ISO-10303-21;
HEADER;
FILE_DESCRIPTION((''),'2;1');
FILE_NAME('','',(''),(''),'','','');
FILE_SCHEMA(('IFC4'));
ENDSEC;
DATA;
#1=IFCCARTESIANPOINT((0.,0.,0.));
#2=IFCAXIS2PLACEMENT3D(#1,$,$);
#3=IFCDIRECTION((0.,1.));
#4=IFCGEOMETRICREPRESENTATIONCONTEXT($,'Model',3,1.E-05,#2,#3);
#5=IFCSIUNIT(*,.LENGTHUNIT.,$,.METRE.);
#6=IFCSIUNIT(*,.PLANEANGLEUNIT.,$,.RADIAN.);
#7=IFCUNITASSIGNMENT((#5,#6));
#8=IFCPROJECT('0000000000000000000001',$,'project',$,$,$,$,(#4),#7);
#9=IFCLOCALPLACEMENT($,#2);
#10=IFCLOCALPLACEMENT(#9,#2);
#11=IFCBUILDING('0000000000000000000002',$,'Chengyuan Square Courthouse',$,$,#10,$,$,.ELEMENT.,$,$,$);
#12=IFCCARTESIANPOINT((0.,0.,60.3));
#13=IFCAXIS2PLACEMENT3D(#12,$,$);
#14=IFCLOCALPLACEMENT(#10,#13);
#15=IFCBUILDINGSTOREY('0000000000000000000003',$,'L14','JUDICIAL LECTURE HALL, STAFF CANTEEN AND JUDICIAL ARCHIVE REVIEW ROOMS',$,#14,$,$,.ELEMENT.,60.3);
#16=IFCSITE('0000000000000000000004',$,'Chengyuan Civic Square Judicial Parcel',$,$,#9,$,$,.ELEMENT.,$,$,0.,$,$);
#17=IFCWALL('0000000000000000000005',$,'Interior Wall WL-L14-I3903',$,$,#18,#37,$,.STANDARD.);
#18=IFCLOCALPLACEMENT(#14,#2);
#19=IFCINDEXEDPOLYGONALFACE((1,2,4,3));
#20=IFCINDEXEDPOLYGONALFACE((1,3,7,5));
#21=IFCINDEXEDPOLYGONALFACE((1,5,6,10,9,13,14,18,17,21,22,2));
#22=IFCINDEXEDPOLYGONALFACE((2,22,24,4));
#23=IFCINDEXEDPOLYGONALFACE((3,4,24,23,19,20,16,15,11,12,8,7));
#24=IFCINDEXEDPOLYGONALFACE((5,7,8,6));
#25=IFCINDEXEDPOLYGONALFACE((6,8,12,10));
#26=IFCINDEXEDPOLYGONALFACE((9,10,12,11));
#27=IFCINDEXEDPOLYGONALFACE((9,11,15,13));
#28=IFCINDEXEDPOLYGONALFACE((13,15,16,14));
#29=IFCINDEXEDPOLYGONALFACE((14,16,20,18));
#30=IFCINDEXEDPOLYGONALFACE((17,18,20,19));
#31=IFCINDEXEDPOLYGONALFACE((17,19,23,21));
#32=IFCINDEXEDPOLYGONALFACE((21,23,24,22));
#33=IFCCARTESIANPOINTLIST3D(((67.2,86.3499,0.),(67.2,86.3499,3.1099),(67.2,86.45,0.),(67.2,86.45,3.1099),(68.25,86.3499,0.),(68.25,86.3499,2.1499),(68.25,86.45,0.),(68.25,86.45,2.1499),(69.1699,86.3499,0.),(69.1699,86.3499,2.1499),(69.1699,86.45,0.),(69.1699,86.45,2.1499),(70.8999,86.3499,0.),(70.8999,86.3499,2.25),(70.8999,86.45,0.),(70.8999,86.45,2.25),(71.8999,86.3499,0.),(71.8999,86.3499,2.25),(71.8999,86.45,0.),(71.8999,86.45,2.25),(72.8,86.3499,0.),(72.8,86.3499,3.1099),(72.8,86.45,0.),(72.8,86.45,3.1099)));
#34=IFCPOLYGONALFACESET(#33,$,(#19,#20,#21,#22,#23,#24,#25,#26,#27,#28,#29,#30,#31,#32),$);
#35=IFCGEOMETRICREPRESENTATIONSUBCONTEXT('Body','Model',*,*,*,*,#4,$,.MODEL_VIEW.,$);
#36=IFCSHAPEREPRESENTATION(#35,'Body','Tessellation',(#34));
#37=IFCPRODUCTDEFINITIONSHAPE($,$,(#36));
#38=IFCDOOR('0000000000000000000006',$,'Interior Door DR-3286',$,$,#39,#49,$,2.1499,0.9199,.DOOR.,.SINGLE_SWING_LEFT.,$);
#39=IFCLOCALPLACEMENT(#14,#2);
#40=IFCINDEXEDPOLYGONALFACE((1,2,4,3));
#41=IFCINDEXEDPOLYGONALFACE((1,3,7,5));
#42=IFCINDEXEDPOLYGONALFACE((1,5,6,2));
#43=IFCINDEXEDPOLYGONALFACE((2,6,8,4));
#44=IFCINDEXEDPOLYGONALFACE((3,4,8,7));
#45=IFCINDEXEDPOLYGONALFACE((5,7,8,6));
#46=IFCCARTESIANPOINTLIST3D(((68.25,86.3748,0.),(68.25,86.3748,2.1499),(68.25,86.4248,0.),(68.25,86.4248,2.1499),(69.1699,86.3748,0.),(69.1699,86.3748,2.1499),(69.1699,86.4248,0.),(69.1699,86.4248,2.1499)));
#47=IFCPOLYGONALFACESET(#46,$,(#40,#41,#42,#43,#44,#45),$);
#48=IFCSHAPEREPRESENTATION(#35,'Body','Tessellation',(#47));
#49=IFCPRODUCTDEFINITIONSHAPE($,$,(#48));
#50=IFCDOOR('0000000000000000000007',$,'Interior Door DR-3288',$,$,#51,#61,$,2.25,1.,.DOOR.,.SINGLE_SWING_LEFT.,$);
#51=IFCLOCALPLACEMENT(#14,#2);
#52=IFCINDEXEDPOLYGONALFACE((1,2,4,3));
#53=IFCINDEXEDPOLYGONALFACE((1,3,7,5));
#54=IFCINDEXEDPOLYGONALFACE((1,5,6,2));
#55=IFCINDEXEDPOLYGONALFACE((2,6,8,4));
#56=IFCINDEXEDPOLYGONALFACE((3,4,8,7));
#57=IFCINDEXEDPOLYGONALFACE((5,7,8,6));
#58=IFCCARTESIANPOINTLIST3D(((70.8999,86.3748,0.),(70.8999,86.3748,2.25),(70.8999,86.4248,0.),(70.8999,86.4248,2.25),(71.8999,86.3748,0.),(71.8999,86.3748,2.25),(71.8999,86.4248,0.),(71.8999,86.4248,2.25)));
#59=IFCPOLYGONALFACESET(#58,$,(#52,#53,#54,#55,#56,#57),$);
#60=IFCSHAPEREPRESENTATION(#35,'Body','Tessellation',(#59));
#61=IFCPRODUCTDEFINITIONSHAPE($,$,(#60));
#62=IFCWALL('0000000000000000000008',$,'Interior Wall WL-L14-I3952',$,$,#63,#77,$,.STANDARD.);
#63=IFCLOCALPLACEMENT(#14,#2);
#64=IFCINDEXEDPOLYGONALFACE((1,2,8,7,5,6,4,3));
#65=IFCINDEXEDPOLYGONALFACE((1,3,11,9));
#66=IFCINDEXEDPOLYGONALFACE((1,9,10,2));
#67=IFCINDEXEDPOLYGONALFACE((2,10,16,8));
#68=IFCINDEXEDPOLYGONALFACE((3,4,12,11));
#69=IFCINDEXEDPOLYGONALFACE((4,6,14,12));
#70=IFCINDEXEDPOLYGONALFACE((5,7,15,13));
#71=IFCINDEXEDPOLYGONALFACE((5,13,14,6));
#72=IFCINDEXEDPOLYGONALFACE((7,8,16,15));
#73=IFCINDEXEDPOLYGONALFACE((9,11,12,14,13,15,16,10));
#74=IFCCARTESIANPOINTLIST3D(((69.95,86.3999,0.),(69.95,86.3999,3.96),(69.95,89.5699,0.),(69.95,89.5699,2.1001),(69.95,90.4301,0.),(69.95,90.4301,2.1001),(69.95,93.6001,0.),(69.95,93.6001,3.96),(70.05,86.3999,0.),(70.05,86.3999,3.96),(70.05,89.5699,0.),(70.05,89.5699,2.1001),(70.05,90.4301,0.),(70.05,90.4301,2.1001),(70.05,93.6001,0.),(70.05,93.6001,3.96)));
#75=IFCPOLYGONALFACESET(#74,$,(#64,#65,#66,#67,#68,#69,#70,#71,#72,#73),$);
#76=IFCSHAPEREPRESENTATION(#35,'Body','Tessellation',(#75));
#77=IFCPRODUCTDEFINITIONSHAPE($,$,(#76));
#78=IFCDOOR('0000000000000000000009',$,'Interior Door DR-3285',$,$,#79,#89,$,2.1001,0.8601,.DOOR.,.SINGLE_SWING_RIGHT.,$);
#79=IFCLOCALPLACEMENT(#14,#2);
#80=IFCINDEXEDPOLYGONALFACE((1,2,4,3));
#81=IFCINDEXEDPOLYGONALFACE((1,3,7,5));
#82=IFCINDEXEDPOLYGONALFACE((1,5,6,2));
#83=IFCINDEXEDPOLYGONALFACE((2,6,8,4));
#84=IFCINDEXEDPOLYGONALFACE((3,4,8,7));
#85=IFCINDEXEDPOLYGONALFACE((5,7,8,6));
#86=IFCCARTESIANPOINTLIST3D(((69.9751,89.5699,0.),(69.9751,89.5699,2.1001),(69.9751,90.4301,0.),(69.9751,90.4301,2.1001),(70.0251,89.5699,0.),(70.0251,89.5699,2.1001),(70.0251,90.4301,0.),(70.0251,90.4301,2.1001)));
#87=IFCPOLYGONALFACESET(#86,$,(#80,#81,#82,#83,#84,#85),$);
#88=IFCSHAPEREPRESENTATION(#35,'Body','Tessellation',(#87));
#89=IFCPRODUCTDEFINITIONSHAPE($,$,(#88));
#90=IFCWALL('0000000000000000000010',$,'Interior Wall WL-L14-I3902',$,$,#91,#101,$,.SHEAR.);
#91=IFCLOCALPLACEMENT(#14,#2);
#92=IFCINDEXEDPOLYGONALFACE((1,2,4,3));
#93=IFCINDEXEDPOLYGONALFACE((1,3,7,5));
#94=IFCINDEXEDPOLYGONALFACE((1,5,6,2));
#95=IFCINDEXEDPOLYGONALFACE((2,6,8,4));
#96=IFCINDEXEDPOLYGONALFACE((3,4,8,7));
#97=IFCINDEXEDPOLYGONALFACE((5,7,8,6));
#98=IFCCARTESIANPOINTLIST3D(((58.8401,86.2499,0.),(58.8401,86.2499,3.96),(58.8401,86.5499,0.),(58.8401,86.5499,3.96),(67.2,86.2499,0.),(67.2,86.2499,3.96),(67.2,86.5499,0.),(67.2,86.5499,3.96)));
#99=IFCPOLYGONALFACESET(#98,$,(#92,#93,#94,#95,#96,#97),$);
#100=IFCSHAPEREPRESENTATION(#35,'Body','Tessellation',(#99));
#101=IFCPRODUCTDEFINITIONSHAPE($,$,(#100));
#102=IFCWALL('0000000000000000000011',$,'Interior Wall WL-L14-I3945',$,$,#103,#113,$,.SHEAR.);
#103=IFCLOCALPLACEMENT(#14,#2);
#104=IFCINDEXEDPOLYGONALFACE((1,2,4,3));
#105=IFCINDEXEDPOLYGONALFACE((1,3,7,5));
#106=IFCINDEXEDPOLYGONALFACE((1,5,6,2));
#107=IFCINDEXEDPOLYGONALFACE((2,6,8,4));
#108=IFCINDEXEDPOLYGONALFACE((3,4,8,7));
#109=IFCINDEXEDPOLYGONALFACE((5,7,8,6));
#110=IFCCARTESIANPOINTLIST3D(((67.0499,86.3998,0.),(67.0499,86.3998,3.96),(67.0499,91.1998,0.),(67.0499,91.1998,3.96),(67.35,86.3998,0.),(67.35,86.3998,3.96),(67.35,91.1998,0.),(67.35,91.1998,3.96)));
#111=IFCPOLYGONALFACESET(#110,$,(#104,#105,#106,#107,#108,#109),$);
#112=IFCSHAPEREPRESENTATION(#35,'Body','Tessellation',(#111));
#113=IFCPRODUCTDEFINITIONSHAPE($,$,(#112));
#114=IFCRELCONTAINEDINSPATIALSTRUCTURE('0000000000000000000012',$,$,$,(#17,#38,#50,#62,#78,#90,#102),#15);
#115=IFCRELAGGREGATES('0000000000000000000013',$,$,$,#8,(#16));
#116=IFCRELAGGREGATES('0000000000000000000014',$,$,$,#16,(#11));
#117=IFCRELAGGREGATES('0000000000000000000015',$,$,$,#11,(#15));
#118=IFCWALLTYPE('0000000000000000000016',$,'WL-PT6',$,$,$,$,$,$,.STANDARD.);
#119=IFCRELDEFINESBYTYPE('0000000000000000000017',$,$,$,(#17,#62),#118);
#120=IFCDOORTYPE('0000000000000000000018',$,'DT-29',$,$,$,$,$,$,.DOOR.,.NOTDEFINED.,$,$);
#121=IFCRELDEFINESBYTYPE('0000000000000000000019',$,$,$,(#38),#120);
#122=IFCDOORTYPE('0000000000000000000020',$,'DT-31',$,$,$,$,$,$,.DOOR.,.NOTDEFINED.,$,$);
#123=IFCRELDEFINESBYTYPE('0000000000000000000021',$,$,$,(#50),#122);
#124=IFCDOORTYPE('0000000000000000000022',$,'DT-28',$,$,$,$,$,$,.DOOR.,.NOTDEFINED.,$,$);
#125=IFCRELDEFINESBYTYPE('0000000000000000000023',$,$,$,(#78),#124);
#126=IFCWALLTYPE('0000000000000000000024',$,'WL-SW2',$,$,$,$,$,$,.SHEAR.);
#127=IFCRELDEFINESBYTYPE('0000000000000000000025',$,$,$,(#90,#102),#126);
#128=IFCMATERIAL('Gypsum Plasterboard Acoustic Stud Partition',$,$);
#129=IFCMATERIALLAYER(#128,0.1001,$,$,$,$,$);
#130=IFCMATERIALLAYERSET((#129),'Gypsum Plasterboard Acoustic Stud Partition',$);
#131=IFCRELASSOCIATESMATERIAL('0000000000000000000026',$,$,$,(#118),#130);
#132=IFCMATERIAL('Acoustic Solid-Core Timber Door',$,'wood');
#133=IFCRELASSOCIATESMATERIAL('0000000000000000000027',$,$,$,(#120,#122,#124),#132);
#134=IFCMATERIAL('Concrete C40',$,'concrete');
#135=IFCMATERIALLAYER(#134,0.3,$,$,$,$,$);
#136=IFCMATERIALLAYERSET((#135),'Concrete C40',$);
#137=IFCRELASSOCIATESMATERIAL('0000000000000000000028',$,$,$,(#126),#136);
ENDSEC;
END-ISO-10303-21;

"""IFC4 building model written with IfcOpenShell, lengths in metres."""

from ifc_helpers import new_model, si_unit, direction, frame, frame_2d, origin, place, context, subcontext, project, spatial, rectangle, extrude, material, layer, layer_set, type_object, element, fill, save


model = new_model("IFC4")

# Units and contexts
model_context = context("Model", 3, precision=1e-05, world=origin(), true_north=direction((0.0, 1.0)))
body_context = subcontext(model_context, "Body", "Model", "MODEL_VIEW")
ifc_project = project(units=[si_unit("LENGTHUNIT", "METRE"), si_unit("PLANEANGLEUNIT", "RADIAN")], contexts=[model_context])

# Site, building, storey
site_placement = place(None, origin())
site = spatial("IfcSite", under=ifc_project, at=site_placement, Name="Chengyuan Civic Square Judicial Parcel", CompositionType="ELEMENT", RefElevation=0.0)
building_placement = place(site_placement, origin())
building = spatial("IfcBuilding", under=site, at=building_placement, Name="Chengyuan Square Courthouse", CompositionType="ELEMENT")
storey_placement = place(building_placement, frame((0.0, 0.0, 60.3)))
storey = spatial("IfcBuildingStorey", under=building, at=storey_placement, Name="L14", Description="JUDICIAL LECTURE HALL, STAFF CANTEEN AND JUDICIAL ARCHIVE REVIEW ROOMS", CompositionType="ELEMENT", Elevation=60.3)

# Shared definitions
ifc_material_1 = material(Name="Concrete C40", Category="concrete")

# Shared definitions
ifc_material_2 = material(Name="Gypsum Plasterboard Acoustic Stud Partition")
ifc_layer_1 = layer(ifc_material_2, 0.1001)
ifc_layer_set_1 = layer_set([ifc_layer_1], Name="Gypsum Plasterboard Acoustic Stud Partition")
wall_type_1 = type_object("IfcWallType", Name="WL-PT6", PredefinedType="STANDARD", material=ifc_layer_set_1)

# Wall, openings, doors
wall_1_placement = place(storey_placement, frame((67.2, 86.3999, 0.0), z_axis=(0.0, 0.0, 1.0), x_axis=(1.0, 0.0, 0.0)))
wall_1 = element("IfcWall", 1, at=wall_1_placement, inside=storey, type_object=wall_type_1, Name="Interior Wall WL-L14-I3903", PredefinedType="STANDARD", context=body_context, shape_type="SweptSolid", body=[
    extrude(rectangle(XDim=5.6001, YDim=0.1001, at=frame_2d((2.8, 0.0))), origin(), (0.0, 0.0, 1.0), 3.1099),
])
opening_1_placement = place(wall_1_placement, frame((1.05, 0.0, 0.0)))
opening_1 = element("IfcOpeningElement", 2, at=opening_1_placement, cuts=wall_1, PredefinedType="OPENING", context=body_context, shape_type="SweptSolid", body=[
    extrude(rectangle(XDim=0.9199, YDim=2.1499, at=frame_2d((0.46, 1.075))), frame((0.0, 0.062, 0.0), z_axis=(0.0, -1.0, 0.0), x_axis=(1.0, 0.0, 0.0)), (0.0, 0.0, 1.0), 0.124),
])
opening_2_placement = place(wall_1_placement, frame((3.7, 0.0, 0.0)))
opening_2 = element("IfcOpeningElement", 3, at=opening_2_placement, cuts=wall_1, PredefinedType="OPENING", context=body_context, shape_type="SweptSolid", body=[
    extrude(rectangle(XDim=1.0, YDim=2.25, at=frame_2d((0.5, 1.125))), frame((0.0, 0.062, 0.0), z_axis=(0.0, -1.0, 0.0), x_axis=(1.0, 0.0, 0.0)), (0.0, 0.0, 1.0), 0.124),
])
ifc_material_3 = material(Name="Acoustic Solid-Core Timber Door", Category="wood")
door_type_1 = type_object("IfcDoorType", Name="DT-29", OperationType="NOTDEFINED", PredefinedType="DOOR", material=ifc_material_3)
door_1_placement = place(opening_1_placement, origin())
door_1 = element("IfcDoor", 4, at=door_1_placement, inside=storey, type_object=door_type_1, Name="Interior Door DR-3286", OperationType="SINGLE_SWING_LEFT", OverallHeight=2.1499, OverallWidth=0.9199, PredefinedType="DOOR", context=body_context, shape_type="SweptSolid", body=[
    extrude(rectangle(XDim=0.9199, YDim=2.1499, at=frame_2d((0.46, 1.075))), frame((0.0, 0.0249, 0.0), z_axis=(0.0, -1.0, 0.0), x_axis=(1.0, 0.0, 0.0)), (0.0, 0.0, 1.0), 0.05),
])
fill(opening_1, door_1)
door_type_2 = type_object("IfcDoorType", Name="DT-31", OperationType="NOTDEFINED", PredefinedType="DOOR", material=ifc_material_3)
door_2_placement = place(opening_2_placement, origin())
door_2 = element("IfcDoor", 5, at=door_2_placement, inside=storey, type_object=door_type_2, Name="Interior Door DR-3288", OperationType="SINGLE_SWING_LEFT", OverallHeight=2.25, OverallWidth=1.0, PredefinedType="DOOR", context=body_context, shape_type="SweptSolid", body=[
    extrude(rectangle(XDim=1.0, YDim=2.25, at=frame_2d((0.5, 1.125))), frame((0.0, 0.0249, 0.0), z_axis=(0.0, -1.0, 0.0), x_axis=(1.0, 0.0, 0.0)), (0.0, 0.0, 1.0), 0.05),
])
fill(opening_2, door_2)

# Wall, opening, door
wall_2_placement = place(storey_placement, frame((70.0, 86.3999, 0.0), z_axis=(0.0, 0.0, 1.0), x_axis=(0.0, 1.0, 0.0)))
wall_2 = element("IfcWall", 6, at=wall_2_placement, inside=storey, type_object=wall_type_1, Name="Interior Wall WL-L14-I3952", PredefinedType="STANDARD", context=body_context, shape_type="SweptSolid", body=[
    extrude(rectangle(XDim=7.2002, YDim=0.1001, at=frame_2d((3.6001, 0.0))), origin(), (0.0, 0.0, 1.0), 3.96),
])
opening_3_placement = place(wall_2_placement, frame((3.1699, 0.0, 0.0)))
opening_3 = element("IfcOpeningElement", 7, at=opening_3_placement, cuts=wall_2, PredefinedType="OPENING", context=body_context, shape_type="SweptSolid", body=[
    extrude(rectangle(XDim=0.8601, YDim=2.1001, at=frame_2d((0.4302, 1.05))), frame((0.0, 0.062, 0.0), z_axis=(0.0, -1.0, 0.0), x_axis=(1.0, 0.0, 0.0)), (0.0, 0.0, 1.0), 0.124),
])
door_type_3 = type_object("IfcDoorType", Name="DT-28", OperationType="NOTDEFINED", PredefinedType="DOOR", material=ifc_material_3)
door_3_placement = place(opening_3_placement, origin())
door_3 = element("IfcDoor", 8, at=door_3_placement, inside=storey, type_object=door_type_3, Name="Interior Door DR-3285", OperationType="SINGLE_SWING_RIGHT", OverallHeight=2.1001, OverallWidth=0.8601, PredefinedType="DOOR", context=body_context, shape_type="SweptSolid", body=[
    extrude(rectangle(XDim=0.8601, YDim=2.1001, at=frame_2d((0.4302, 1.05))), frame((0.0, 0.0249, 0.0), z_axis=(0.0, -1.0, 0.0), x_axis=(1.0, 0.0, 0.0)), (0.0, 0.0, 1.0), 0.05),
])
fill(opening_3, door_3)

# Walls
ifc_layer_2 = layer(ifc_material_1, 0.3)
ifc_layer_set_2 = layer_set([ifc_layer_2], Name="Concrete C40")
wall_type_2 = type_object("IfcWallType", Name="WL-SW2", PredefinedType="SHEAR", material=ifc_layer_set_2)
wall_3_placement = place(storey_placement, frame((58.8401, 86.3999, 0.0), z_axis=(0.0, 0.0, 1.0), x_axis=(1.0, 0.0, 0.0)))
element("IfcWall", 9, at=wall_3_placement, inside=storey, type_object=wall_type_2, Name="Interior Wall WL-L14-I3902", PredefinedType="SHEAR", context=body_context, shape_type="SweptSolid", body=[
    extrude(rectangle(XDim=8.3599, YDim=0.3, at=frame_2d((4.1799, 0.0))), origin(), (0.0, 0.0, 1.0), 3.96),
])
wall_4_placement = place(storey_placement, frame((67.2, 86.3999, 0.0), z_axis=(0.0, 0.0, 1.0), x_axis=(0.0, 1.0, 0.0)))
element("IfcWall", 10, at=wall_4_placement, inside=storey, type_object=wall_type_2, Name="Interior Wall WL-L14-I3945", PredefinedType="SHEAR", context=body_context, shape_type="SweptSolid", body=[
    extrude(rectangle(XDim=4.8, YDim=0.3, at=frame_2d((2.3999, 0.0))), origin(), (0.0, 0.0, 1.0), 3.96),
])

save(model, "model.ifc")
